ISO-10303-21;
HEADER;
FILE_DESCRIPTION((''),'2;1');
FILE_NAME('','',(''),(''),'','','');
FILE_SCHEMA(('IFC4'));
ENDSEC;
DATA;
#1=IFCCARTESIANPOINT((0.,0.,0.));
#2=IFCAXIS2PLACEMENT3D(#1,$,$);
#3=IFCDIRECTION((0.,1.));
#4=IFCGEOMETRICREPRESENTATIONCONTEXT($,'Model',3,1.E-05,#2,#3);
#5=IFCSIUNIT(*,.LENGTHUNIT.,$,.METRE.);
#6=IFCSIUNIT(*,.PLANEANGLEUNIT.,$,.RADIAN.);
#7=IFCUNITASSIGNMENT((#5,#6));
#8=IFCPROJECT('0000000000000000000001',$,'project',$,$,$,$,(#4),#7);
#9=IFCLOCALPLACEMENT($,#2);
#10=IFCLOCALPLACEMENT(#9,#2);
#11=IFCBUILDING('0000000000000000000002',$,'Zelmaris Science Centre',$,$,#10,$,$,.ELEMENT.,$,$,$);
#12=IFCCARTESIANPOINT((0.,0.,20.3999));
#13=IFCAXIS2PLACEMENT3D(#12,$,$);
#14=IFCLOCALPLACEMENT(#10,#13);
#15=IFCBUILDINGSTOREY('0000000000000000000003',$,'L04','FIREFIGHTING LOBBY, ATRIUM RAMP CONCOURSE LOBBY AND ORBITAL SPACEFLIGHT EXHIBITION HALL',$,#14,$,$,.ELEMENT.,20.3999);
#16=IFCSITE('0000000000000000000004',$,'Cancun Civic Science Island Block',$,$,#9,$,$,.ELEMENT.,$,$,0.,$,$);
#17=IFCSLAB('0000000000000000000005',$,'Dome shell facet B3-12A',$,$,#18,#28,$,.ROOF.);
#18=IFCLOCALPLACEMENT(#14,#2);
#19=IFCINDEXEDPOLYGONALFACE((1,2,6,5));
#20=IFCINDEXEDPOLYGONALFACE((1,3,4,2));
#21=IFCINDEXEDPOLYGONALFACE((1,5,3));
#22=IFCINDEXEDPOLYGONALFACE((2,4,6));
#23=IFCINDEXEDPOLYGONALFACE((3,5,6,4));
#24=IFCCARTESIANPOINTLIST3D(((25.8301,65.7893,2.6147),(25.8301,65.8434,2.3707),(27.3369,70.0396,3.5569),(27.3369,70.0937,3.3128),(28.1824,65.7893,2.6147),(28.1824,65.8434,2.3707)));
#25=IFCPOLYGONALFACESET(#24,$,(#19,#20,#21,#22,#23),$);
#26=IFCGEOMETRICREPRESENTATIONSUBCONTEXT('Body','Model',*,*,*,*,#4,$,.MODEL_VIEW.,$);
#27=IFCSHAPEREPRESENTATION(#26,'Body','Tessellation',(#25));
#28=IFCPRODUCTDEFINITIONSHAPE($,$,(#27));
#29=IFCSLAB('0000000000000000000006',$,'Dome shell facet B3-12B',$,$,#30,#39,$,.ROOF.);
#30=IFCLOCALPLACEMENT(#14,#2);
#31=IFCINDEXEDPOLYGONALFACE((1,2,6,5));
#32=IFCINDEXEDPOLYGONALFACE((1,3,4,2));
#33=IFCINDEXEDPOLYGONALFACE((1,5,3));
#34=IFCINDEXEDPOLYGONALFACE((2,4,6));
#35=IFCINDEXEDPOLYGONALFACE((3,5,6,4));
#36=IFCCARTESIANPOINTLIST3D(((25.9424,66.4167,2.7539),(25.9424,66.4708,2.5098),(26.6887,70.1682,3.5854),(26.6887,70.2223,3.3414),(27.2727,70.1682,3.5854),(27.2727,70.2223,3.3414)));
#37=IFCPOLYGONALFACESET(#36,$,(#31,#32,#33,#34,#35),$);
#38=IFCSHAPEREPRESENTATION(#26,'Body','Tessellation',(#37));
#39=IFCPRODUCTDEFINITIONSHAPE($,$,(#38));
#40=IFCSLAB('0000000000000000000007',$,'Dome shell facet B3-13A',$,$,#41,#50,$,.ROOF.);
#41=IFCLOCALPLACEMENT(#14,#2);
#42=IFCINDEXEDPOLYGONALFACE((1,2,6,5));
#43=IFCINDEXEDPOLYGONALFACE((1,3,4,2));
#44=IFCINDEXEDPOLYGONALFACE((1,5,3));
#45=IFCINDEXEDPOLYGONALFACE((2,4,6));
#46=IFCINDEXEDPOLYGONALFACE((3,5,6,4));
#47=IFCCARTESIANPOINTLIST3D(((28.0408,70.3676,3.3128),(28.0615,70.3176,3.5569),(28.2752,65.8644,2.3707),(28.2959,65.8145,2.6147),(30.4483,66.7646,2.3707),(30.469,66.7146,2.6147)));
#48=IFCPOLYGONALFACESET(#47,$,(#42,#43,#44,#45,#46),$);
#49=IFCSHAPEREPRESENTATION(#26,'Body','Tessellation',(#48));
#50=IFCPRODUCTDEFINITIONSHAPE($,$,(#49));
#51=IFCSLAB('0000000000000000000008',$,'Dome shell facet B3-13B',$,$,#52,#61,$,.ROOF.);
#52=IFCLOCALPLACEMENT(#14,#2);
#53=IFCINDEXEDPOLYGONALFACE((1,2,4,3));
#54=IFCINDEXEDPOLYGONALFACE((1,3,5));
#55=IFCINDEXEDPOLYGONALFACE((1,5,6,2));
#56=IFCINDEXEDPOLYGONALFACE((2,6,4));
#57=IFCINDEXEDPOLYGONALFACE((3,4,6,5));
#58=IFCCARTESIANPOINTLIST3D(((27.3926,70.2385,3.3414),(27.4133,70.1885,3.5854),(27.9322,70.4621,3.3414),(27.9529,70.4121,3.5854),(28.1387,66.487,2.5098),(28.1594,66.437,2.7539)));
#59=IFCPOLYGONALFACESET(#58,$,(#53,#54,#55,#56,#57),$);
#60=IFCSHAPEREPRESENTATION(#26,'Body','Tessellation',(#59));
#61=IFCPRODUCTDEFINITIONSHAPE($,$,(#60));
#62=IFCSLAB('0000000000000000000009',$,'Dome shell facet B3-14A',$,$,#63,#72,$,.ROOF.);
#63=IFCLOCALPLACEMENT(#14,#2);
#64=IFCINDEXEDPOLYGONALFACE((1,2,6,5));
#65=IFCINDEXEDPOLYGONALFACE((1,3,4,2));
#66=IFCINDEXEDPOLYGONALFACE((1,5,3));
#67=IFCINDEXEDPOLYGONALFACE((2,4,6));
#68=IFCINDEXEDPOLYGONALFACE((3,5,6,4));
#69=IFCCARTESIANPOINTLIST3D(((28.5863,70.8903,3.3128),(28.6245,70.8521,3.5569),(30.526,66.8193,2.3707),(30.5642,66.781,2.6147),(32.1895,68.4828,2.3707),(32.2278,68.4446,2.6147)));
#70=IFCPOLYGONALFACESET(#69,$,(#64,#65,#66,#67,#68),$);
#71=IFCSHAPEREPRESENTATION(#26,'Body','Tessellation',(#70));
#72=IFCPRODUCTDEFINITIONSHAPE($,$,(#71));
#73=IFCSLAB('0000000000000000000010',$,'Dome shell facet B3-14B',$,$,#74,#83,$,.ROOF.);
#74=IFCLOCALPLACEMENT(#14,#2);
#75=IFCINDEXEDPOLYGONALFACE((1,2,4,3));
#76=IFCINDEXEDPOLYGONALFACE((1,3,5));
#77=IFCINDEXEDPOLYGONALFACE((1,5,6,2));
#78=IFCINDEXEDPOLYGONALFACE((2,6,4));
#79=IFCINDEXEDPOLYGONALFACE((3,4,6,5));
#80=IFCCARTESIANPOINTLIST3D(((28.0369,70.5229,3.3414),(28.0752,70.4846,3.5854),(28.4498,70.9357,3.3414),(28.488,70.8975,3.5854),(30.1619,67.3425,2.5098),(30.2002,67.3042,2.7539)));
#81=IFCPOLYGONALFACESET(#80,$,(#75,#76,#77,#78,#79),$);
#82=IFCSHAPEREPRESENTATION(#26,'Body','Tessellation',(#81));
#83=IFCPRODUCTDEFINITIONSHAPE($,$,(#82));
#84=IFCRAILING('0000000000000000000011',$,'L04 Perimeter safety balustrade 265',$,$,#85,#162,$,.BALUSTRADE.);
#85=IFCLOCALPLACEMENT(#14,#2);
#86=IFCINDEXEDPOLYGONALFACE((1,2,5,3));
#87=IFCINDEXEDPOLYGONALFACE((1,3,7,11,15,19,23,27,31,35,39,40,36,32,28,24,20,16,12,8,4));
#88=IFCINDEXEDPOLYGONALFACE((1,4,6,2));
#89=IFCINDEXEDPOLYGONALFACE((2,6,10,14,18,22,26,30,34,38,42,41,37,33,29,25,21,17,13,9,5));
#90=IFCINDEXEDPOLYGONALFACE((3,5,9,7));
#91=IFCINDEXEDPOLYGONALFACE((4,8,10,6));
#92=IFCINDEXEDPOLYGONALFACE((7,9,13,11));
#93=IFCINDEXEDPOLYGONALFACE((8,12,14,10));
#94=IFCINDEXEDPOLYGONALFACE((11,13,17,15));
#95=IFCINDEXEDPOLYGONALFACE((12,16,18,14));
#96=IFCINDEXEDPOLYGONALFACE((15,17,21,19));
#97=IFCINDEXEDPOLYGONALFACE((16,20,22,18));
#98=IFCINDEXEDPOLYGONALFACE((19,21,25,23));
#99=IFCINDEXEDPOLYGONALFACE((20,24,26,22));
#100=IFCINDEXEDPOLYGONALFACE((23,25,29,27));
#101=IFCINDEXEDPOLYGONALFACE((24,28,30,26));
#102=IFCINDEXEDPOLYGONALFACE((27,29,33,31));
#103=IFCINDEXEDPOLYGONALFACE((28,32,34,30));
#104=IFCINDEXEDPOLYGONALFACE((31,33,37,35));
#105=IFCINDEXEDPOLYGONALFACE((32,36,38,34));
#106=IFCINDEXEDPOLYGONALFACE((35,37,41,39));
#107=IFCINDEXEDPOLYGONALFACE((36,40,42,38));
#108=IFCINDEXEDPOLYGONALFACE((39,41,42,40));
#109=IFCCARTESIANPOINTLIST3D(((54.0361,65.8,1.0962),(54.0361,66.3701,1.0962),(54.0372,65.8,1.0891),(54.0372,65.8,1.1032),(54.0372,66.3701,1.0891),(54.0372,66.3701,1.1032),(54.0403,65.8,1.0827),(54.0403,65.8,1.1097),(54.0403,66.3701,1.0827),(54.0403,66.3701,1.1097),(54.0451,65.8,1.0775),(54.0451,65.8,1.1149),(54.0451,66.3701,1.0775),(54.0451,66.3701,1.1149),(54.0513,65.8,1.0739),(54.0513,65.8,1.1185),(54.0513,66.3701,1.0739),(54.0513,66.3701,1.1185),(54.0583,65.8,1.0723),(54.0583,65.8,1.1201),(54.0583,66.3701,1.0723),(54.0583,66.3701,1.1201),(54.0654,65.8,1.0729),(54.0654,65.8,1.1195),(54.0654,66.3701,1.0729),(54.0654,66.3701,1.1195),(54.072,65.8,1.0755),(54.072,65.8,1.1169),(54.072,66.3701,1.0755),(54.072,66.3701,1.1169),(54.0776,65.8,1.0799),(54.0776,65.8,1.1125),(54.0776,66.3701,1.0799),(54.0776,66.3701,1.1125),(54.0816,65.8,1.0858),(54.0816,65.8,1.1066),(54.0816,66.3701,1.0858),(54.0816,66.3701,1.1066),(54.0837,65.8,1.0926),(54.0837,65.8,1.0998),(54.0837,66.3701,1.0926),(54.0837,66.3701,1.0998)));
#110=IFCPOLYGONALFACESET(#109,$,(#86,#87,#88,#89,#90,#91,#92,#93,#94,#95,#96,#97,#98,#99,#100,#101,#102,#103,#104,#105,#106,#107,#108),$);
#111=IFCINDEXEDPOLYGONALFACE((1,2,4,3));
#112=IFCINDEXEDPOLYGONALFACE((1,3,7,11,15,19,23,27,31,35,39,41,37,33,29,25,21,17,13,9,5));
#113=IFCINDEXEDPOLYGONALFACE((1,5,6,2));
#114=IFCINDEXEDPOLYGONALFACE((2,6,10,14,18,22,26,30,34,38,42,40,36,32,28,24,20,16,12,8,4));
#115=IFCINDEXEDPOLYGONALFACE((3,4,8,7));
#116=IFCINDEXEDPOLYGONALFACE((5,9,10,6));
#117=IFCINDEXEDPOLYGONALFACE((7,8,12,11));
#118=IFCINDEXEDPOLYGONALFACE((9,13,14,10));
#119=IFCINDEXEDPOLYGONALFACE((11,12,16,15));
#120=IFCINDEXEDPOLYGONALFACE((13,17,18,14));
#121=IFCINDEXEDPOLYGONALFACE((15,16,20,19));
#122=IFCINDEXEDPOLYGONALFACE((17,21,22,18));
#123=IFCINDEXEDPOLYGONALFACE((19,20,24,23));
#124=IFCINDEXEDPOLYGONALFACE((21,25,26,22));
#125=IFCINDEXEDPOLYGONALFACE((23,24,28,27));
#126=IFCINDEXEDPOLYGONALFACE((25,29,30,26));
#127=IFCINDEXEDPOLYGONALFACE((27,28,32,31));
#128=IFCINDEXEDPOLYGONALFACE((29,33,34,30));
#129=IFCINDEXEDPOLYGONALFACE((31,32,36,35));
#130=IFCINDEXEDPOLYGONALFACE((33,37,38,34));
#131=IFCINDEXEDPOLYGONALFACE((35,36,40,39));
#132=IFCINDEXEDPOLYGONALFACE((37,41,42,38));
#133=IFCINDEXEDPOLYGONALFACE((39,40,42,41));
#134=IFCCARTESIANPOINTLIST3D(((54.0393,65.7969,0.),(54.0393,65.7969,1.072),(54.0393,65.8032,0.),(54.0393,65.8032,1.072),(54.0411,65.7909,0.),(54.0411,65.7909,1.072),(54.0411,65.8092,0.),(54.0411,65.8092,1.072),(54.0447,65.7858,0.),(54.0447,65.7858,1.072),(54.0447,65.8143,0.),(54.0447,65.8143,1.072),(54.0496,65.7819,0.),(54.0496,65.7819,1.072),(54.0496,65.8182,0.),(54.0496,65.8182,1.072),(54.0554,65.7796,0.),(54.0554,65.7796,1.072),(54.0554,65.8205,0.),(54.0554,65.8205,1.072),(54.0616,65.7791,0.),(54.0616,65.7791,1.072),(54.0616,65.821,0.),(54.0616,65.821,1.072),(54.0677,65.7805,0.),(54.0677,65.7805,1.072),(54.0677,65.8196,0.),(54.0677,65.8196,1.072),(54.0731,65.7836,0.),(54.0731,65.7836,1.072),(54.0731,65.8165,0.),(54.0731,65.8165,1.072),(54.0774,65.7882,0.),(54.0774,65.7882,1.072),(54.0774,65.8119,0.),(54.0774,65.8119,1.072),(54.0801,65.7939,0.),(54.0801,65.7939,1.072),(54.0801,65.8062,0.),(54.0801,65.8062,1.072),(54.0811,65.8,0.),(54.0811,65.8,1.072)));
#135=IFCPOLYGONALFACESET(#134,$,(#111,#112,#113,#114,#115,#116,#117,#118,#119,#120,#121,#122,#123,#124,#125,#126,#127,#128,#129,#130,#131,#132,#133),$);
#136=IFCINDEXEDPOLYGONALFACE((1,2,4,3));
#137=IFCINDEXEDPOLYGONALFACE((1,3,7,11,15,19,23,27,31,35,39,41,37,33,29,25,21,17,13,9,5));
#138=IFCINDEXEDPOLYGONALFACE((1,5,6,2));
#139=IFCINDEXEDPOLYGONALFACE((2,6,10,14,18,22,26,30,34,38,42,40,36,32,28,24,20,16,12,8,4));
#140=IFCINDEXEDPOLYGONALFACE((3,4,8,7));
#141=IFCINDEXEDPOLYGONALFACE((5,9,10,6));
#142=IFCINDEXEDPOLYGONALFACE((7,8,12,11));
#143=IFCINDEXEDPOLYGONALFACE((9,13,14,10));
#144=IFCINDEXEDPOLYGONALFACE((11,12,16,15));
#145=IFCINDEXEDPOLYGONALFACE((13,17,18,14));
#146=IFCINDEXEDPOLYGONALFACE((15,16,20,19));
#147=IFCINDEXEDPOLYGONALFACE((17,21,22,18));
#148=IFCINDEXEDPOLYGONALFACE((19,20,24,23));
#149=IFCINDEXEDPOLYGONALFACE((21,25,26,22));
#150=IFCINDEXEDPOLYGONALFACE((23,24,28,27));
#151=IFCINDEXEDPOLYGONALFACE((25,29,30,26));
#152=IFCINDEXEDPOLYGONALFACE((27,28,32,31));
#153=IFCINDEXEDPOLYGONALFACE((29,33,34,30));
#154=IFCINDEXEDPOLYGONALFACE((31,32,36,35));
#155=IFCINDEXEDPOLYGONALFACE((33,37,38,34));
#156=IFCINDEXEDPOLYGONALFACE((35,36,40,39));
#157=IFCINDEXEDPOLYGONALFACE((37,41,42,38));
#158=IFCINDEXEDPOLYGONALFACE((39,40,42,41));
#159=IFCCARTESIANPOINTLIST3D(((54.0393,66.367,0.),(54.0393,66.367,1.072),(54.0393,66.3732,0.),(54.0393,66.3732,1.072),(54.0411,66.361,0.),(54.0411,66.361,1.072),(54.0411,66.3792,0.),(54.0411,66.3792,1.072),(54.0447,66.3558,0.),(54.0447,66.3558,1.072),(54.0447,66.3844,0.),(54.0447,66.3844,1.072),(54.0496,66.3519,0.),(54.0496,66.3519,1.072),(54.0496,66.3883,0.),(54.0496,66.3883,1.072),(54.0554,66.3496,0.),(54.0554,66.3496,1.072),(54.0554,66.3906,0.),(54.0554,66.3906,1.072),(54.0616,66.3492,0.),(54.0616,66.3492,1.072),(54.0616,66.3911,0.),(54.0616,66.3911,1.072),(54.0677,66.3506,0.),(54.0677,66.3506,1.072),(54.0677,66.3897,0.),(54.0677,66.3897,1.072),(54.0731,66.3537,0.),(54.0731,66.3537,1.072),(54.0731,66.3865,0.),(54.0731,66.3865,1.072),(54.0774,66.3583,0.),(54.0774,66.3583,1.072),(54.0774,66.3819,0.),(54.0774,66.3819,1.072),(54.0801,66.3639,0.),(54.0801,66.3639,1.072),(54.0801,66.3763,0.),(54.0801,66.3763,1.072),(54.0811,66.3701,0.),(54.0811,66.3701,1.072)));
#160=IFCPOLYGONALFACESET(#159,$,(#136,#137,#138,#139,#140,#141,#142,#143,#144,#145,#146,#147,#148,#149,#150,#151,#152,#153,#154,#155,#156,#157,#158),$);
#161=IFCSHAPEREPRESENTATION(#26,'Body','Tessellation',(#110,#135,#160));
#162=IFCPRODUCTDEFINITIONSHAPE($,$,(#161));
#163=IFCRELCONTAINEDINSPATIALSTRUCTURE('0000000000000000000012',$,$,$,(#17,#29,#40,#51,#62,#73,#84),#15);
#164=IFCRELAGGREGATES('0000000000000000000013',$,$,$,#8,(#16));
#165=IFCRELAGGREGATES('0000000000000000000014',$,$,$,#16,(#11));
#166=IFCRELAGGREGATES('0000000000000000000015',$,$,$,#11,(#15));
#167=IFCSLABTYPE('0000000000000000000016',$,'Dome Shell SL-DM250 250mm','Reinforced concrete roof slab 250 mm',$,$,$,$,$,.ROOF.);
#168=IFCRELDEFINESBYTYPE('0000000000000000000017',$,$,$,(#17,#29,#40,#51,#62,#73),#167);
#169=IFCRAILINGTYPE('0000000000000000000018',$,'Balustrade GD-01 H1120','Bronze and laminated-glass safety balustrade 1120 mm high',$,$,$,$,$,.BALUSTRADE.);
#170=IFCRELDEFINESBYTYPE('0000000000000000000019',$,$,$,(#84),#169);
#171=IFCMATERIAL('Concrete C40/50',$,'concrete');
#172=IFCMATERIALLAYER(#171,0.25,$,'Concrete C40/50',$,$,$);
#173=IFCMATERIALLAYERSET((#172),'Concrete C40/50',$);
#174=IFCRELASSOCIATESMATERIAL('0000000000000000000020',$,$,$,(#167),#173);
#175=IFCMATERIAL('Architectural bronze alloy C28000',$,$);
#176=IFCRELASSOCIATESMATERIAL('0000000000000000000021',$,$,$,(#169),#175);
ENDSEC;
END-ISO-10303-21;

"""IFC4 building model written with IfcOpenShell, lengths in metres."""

from ifc_helpers import new_model, si_unit, direction, frame, origin, origin_2d, place, context, subcontext, project, spatial, polyline, circle, outline, extrude, material, layer, layer_set, type_object, element, save


model = new_model("IFC4")

# Units and contexts
model_context = context("Model", 3, precision=1e-05, world=origin(), true_north=direction((0.0, 1.0)))
body_context = subcontext(model_context, "Body", "Model", "MODEL_VIEW")
ifc_project = project(units=[si_unit("LENGTHUNIT", "METRE"), si_unit("PLANEANGLEUNIT", "RADIAN")], contexts=[model_context])

# Site, building, storey
site_placement = place(None, origin())
site = spatial("IfcSite", under=ifc_project, at=site_placement, Name="Cancun Civic Science Island Block", CompositionType="ELEMENT", RefElevation=0.0)
building_placement = place(site_placement, origin())
building = spatial("IfcBuilding", under=site, at=building_placement, Name="Zelmaris Science Centre", CompositionType="ELEMENT")
storey_placement = place(building_placement, frame((0.0, 0.0, 20.3999)))
storey = spatial("IfcBuildingStorey", under=building, at=storey_placement, Name="L04", Description="FIREFIGHTING LOBBY, ATRIUM RAMP CONCOURSE LOBBY AND ORBITAL SPACEFLIGHT EXHIBITION HALL", CompositionType="ELEMENT", Elevation=20.3999)

# Shared definitions
ifc_material_1 = material(Name="Concrete C40/50", Category="concrete")

# Slabs
ifc_layer = layer(ifc_material_1, 0.25, Name="Concrete C40/50")
ifc_layer_set = layer_set([ifc_layer], Name="Concrete C40/50")
slab_type = type_object("IfcSlabType", Name="Dome Shell SL-DM250 250mm", Description="Reinforced concrete roof slab 250 mm", PredefinedType="ROOF", material=ifc_layer_set)
slab_1_placement = place(storey_placement, frame((25.8301, 65.7893, 2.6147), z_axis=(0.0, -0.216414, 0.976302), x_axis=(1.0, 0.0, 0.0)))
element("IfcSlab", 1, at=slab_1_placement, inside=storey, type_object=slab_type, Name="Dome shell facet B3-12A", PredefinedType="ROOF", context=body_context, shape_type="SweptSolid", body=[
    extrude(outline(polyline([(0.0, 0.0), (2.3523, 0.0), (1.5068, 4.3534), (0.0, 0.0)])), origin(), (0.0, 0.0, -1.0), 0.25),
])
slab_2_placement = place(storey_placement, frame((25.9424, 66.4167, 2.7539), z_axis=(0.0, -0.216406, 0.976304), x_axis=(0.327159, 0.922577, 0.204497)))
element("IfcSlab", 2, at=slab_2_placement, inside=storey, type_object=slab_type, Name="Dome shell facet B3-12B", PredefinedType="ROOF", context=body_context, shape_type="SweptSolid", body=[
    extrude(outline(polyline([(0.0, 0.0), (4.0663, 0.0), (3.8752, 0.5518), (0.0, 0.0)])), origin(), (0.0, 0.0, -1.0), 0.25),
])
slab_3_placement = place(storey_placement, frame((28.2959, 65.8145, 2.6147), z_axis=(0.082823, -0.199947, 0.9763), x_axis=(0.923876, 0.382691, 0.0)))
element("IfcSlab", 3, at=slab_3_placement, inside=storey, type_object=slab_type, Name="Dome shell facet B3-13A", PredefinedType="ROOF", context=body_context, shape_type="SweptSolid", body=[
    extrude(outline(polyline([(0.0, 0.0), (2.3521, 0.0), (1.5068, 4.3532), (0.0, 0.0)])), origin(), (0.0, 0.0, -1.0), 0.25),
])
slab_4_placement = place(storey_placement, frame((28.1594, 66.437, 2.7539), z_axis=(0.082865, -0.199925, 0.976301), x_axis=(-0.050793, 0.97755, 0.204492)))
element("IfcSlab", 4, at=slab_4_placement, inside=storey, type_object=slab_type, Name="Dome shell facet B3-13B", PredefinedType="ROOF", context=body_context, shape_type="SweptSolid", body=[
    extrude(outline(polyline([(0.0, 0.0), (4.0664, 0.0), (3.8752, 0.5519), (0.0, 0.0)])), origin(), (0.0, 0.0, -1.0), 0.25),
])
slab_5_placement = place(storey_placement, frame((30.5642, 66.781, 2.6147), z_axis=(0.153028, -0.153028, 0.976302), x_axis=(0.707107, 0.707107, 0.0)))
element("IfcSlab", 5, at=slab_5_placement, inside=storey, type_object=slab_type, Name="Dome shell facet B3-14A", PredefinedType="ROOF", context=body_context, shape_type="SweptSolid", body=[
    extrude(outline(polyline([(0.0, 0.0), (2.3526, 0.0), (1.5071, 4.3534), (0.0, 0.0)])), origin(), (0.0, 0.0, -1.0), 0.25),
])
slab_6_placement = place(storey_placement, frame((30.2002, 67.3042, 2.7539), z_axis=(0.153021, -0.153021, 0.976304), x_axis=(-0.421065, 0.883677, 0.204498)))
element("IfcSlab", 6, at=slab_6_placement, inside=storey, type_object=slab_type, Name="Dome shell facet B3-14B", PredefinedType="ROOF", context=body_context, shape_type="SweptSolid", body=[
    extrude(outline(polyline([(0.0, 0.0), (4.0663, 0.0), (3.8753, 0.5517), (0.0, 0.0)])), origin(), (0.0, 0.0, -1.0), 0.25),
])

# Railing
ifc_material_2 = material(Name="Architectural bronze alloy C28000")
railing_type = type_object("IfcRailingType", Name="Balustrade GD-01 H1120", Description="Bronze and laminated-glass safety balustrade 1120 mm high", PredefinedType="BALUSTRADE", material=ifc_material_2)
railing_placement = place(storey_placement, frame((54.0601, 65.8, 0.0)))
element("IfcRailing", 7, at=railing_placement, inside=storey, type_object=railing_type, Name="L04 Perimeter safety balustrade 265", PredefinedType="BALUSTRADE", context=body_context, shape_type="SweptSolid", body=[
    extrude(circle(Radius=0.0239, at=origin_2d()), frame((0.0, 0.0, 1.0962), z_axis=(0.0, 1.0, 0.0), x_axis=(-1.0, 0.0, 0.0)), (0.0, 0.0, 1.0), 0.5701),
    extrude(circle(Radius=0.021, at=origin_2d()), origin(), (0.0, 0.0, 1.0), 1.072),
    extrude(circle(Radius=0.021, at=origin_2d()), frame((0.0, 0.5701, 0.0)), (0.0, 0.0, 1.0), 1.072),
])

save(model, "model.ifc")
